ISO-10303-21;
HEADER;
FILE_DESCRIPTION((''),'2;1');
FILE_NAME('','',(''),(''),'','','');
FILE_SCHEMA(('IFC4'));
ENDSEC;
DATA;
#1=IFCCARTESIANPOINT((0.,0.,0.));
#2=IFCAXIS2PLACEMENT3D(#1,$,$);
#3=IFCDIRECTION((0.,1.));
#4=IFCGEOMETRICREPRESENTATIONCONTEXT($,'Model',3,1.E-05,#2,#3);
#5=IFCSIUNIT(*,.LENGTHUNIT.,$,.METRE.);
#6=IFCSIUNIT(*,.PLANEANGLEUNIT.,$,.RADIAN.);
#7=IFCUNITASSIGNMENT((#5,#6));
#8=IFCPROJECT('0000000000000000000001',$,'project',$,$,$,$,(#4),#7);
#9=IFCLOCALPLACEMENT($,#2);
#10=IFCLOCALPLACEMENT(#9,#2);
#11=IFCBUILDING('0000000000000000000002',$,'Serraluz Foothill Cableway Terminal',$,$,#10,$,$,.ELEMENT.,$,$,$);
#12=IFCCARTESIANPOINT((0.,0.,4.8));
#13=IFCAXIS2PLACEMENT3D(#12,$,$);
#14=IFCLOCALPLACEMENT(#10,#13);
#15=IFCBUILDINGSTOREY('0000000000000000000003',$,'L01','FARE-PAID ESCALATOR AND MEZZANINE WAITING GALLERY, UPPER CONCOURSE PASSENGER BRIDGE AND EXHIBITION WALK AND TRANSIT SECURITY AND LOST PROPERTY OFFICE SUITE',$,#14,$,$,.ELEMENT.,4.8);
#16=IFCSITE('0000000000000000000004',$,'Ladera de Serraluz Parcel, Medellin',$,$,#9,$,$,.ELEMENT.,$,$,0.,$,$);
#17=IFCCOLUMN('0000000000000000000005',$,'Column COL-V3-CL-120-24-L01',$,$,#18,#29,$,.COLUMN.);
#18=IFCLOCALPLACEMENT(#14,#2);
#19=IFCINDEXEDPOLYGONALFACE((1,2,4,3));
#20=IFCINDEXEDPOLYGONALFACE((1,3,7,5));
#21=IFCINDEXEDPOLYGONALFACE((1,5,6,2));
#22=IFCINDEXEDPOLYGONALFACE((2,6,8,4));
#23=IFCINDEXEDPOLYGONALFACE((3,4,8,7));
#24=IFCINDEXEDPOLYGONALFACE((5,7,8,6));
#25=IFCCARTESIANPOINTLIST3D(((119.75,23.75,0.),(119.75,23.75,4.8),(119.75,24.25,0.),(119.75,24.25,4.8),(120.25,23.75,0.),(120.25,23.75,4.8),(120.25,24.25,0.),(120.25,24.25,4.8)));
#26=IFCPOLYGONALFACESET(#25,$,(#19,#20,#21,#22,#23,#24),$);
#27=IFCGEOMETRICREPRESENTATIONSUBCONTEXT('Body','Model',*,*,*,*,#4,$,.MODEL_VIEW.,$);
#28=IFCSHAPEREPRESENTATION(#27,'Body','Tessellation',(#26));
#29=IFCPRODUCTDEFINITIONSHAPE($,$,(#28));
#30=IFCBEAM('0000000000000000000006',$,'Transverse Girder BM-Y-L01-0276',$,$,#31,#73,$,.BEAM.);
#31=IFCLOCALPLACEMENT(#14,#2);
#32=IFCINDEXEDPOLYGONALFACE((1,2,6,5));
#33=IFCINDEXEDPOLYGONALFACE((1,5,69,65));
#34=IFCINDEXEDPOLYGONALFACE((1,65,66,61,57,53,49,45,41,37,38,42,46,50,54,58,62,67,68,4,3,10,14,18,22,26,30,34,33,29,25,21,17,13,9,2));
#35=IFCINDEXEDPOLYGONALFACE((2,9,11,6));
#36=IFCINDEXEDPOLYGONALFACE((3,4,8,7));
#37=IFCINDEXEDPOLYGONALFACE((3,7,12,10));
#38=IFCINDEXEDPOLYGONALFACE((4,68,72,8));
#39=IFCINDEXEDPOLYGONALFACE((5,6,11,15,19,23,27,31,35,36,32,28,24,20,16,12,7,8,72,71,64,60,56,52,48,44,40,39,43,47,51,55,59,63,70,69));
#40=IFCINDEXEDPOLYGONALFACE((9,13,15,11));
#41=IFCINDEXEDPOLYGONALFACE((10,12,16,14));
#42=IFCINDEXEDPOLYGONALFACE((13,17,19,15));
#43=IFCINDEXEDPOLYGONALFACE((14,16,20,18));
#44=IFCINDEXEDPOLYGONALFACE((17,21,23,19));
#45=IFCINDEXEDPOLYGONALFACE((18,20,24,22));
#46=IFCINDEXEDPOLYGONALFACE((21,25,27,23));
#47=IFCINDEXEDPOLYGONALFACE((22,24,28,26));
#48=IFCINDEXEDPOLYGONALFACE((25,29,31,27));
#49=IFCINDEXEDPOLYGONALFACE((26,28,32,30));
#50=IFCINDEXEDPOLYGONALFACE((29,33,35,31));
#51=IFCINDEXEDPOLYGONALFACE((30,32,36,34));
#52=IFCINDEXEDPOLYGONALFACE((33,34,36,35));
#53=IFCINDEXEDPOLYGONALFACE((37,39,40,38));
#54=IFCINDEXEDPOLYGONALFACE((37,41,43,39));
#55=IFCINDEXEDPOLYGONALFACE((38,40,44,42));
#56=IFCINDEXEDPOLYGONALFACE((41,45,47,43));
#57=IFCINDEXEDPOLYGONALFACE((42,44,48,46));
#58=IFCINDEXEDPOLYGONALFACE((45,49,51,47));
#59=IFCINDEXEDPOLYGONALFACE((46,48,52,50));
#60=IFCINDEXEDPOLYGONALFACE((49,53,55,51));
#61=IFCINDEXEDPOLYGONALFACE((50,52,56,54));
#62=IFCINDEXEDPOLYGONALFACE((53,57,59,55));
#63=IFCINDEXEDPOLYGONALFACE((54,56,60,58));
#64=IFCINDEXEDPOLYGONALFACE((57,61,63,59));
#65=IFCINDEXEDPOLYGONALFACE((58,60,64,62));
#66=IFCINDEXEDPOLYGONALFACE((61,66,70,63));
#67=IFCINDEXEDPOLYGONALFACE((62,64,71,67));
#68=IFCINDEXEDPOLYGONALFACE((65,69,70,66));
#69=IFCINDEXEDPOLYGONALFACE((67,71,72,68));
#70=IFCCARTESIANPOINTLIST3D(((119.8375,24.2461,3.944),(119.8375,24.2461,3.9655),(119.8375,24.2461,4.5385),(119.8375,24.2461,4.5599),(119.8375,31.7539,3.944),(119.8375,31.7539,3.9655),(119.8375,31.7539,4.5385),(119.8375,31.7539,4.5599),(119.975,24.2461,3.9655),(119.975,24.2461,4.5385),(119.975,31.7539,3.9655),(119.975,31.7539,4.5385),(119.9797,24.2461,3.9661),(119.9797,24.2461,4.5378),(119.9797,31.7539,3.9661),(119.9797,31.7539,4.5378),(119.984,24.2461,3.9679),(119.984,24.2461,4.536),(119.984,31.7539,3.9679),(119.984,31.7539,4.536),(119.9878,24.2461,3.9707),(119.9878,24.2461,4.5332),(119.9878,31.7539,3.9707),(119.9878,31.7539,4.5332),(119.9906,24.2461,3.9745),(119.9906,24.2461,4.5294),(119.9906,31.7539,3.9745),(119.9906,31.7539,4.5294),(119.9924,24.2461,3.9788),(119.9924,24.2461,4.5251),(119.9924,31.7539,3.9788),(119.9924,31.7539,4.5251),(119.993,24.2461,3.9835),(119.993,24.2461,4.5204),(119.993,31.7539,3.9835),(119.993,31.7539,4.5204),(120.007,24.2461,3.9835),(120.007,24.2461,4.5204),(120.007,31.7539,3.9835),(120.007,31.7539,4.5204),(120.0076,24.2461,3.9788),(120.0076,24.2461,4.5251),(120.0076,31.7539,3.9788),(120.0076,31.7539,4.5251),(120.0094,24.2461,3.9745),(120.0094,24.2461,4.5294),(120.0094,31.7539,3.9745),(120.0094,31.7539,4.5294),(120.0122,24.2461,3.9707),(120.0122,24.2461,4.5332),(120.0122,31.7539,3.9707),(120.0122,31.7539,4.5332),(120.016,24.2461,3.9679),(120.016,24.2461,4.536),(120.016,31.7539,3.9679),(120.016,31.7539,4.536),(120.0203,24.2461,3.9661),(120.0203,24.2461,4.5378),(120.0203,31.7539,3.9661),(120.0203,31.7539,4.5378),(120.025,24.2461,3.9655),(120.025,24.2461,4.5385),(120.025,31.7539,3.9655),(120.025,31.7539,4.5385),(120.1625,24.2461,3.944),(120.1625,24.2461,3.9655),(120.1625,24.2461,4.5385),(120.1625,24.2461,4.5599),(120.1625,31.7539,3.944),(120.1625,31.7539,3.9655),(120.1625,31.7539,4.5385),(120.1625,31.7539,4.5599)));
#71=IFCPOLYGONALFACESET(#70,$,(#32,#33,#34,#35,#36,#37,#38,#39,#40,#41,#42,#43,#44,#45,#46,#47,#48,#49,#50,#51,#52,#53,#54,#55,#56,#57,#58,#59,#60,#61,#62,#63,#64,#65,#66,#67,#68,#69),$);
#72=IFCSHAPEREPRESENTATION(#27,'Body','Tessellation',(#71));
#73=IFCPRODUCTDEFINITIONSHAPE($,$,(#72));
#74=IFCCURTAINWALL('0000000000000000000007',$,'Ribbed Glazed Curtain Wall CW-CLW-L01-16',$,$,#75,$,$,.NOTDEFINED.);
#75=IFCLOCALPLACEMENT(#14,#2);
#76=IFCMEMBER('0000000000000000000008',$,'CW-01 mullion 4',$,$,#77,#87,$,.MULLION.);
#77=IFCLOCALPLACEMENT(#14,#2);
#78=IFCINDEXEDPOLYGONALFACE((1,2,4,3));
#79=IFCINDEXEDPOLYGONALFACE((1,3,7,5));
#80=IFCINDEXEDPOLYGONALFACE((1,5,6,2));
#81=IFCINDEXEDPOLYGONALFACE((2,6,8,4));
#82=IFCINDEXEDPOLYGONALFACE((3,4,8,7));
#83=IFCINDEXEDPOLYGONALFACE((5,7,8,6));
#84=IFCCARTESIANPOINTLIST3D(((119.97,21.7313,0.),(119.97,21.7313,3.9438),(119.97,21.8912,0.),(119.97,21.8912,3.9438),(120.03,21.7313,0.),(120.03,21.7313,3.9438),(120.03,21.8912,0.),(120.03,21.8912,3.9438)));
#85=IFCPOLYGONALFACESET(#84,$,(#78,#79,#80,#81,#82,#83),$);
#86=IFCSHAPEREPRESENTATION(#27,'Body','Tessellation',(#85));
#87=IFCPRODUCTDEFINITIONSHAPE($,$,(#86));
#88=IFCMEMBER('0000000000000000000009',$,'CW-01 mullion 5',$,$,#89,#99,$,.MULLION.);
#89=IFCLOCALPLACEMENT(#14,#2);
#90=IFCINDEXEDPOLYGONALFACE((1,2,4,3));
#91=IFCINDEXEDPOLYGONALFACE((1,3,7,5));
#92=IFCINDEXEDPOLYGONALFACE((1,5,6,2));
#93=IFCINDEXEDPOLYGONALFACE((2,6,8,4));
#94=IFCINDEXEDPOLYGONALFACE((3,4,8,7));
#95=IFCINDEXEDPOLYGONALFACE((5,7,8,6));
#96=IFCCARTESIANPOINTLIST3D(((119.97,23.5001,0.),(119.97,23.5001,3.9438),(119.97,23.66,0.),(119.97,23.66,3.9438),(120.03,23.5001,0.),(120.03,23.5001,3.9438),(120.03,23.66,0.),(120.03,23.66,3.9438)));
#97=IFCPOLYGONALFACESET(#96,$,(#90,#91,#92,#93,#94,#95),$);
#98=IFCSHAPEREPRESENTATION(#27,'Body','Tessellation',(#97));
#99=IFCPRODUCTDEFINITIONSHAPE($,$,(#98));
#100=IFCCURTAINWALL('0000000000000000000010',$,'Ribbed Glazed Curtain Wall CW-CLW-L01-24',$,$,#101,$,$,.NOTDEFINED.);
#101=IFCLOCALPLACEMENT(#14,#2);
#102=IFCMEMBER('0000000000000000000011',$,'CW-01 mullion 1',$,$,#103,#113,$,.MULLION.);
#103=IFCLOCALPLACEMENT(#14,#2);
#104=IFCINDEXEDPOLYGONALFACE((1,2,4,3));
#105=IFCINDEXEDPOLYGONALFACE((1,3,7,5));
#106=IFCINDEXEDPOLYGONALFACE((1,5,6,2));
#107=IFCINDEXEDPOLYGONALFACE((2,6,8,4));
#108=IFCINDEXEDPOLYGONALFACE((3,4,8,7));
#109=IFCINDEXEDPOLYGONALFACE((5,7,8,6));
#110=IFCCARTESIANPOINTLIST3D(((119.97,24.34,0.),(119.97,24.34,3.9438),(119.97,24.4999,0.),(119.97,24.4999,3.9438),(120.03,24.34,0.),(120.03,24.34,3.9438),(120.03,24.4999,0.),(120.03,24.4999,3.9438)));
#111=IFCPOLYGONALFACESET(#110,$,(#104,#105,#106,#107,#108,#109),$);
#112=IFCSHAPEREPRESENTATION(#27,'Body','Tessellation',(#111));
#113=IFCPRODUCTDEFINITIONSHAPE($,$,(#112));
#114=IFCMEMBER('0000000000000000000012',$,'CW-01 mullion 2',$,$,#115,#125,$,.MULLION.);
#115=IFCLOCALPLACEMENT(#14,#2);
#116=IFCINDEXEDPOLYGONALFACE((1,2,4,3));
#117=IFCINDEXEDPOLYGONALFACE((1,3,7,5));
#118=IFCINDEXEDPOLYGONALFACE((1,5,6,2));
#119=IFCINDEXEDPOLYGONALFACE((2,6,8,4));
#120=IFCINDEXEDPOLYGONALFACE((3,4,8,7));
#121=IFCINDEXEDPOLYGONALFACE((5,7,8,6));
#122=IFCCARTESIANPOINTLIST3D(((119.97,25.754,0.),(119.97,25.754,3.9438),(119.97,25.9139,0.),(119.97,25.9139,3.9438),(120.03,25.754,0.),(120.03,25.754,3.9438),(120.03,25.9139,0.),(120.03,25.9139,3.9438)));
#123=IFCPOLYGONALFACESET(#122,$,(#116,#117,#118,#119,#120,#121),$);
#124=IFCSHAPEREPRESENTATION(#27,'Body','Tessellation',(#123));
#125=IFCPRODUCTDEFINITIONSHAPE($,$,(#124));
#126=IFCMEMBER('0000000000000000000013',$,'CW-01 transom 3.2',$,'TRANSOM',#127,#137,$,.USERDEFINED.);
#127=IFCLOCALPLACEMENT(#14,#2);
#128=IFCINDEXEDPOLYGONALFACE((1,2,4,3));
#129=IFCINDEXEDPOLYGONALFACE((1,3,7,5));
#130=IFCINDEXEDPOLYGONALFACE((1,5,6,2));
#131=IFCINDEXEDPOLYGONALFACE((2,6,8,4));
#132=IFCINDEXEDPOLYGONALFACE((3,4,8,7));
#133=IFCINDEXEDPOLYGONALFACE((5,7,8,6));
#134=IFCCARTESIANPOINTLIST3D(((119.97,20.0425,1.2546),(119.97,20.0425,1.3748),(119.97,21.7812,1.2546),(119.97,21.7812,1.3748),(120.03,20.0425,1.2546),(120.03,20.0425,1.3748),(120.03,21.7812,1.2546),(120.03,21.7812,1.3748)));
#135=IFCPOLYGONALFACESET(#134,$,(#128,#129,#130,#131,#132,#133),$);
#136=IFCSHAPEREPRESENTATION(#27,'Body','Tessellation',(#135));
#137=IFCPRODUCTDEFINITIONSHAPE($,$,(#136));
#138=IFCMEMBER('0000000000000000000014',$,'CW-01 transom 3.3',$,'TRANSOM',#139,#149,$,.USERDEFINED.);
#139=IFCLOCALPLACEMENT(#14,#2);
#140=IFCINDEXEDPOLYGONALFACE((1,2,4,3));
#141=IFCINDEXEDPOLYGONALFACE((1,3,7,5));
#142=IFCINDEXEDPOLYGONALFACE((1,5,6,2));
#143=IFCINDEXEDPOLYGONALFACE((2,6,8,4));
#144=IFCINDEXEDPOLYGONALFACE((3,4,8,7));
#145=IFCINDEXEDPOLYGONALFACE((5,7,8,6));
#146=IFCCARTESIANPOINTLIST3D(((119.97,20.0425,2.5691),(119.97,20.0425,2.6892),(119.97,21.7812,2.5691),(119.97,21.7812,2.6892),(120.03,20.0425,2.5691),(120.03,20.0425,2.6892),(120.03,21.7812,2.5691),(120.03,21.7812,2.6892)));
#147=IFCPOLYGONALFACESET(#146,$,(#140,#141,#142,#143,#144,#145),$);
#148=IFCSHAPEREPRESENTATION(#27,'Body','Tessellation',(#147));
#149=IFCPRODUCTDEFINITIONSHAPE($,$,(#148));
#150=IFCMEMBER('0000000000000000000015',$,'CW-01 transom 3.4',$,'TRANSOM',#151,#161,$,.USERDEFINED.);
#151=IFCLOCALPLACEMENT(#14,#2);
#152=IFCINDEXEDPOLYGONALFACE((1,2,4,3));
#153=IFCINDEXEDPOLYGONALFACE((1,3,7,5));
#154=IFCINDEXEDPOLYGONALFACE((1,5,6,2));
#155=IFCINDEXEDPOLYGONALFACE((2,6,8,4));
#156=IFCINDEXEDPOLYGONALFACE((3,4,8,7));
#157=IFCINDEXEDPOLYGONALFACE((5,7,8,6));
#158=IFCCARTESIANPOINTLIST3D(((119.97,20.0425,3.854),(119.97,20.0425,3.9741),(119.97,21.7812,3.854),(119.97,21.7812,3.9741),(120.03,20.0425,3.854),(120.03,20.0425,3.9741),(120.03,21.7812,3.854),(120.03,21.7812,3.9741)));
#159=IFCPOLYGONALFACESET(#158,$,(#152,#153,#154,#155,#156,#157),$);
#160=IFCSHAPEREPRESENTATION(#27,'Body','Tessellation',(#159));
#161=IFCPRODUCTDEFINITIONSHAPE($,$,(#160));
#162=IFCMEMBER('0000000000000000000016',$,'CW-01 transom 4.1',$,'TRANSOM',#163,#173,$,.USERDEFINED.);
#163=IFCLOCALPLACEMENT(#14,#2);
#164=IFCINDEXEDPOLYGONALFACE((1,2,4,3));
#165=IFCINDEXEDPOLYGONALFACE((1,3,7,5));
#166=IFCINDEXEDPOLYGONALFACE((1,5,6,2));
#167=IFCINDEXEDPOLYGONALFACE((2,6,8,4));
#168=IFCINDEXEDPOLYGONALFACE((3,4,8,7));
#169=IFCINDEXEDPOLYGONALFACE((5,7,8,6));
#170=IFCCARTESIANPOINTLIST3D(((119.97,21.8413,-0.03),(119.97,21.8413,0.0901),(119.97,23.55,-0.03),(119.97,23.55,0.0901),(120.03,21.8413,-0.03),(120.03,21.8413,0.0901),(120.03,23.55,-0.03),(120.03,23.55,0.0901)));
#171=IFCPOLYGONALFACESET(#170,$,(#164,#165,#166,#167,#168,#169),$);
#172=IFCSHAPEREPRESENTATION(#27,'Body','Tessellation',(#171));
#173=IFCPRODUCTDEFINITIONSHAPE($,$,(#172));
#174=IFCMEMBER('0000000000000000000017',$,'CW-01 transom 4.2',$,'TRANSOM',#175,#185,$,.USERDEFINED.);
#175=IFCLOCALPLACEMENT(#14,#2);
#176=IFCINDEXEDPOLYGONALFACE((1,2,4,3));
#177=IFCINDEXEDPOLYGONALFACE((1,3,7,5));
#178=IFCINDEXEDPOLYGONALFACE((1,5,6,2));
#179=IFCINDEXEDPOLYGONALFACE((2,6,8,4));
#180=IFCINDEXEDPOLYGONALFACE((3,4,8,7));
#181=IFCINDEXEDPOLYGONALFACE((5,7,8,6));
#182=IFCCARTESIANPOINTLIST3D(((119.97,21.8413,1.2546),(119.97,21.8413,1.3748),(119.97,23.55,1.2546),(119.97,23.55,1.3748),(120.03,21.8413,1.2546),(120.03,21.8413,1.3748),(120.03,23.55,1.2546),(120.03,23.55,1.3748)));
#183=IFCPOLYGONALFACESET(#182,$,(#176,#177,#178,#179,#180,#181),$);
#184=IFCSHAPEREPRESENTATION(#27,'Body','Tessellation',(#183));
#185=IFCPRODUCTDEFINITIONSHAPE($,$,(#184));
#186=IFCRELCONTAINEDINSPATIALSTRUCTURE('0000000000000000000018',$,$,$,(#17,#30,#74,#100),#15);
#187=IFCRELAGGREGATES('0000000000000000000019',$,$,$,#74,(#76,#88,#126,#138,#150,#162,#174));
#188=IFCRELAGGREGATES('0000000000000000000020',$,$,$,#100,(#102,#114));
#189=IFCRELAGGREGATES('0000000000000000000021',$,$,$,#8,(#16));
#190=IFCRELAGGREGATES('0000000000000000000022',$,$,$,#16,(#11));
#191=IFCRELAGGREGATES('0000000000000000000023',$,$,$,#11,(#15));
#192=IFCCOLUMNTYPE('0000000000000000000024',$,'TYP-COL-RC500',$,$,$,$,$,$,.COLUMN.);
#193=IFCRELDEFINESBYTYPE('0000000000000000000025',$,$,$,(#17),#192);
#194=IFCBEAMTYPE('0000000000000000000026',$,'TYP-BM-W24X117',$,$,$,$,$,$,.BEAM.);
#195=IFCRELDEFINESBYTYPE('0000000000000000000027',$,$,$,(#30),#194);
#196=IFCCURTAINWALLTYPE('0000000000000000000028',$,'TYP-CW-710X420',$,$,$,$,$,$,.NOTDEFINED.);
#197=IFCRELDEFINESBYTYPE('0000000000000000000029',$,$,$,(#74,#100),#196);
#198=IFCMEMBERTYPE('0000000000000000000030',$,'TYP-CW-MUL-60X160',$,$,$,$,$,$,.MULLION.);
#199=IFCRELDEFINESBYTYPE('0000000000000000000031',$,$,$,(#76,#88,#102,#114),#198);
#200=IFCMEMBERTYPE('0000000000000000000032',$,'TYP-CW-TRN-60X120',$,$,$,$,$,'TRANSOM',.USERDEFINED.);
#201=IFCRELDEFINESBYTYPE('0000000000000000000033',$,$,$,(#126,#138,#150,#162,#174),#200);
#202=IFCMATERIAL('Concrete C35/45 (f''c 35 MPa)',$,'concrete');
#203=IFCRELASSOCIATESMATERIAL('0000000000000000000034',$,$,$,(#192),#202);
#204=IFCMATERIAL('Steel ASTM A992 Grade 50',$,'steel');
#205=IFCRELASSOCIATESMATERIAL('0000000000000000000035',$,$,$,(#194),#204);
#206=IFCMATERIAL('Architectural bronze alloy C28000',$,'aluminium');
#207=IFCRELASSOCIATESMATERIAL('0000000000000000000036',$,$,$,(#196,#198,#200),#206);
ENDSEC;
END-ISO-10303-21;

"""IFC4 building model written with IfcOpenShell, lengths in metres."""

from ifc_helpers import new_model, si_unit, direction, frame, origin, origin_2d, place, context, subcontext, project, spatial, rectangle, i_section, extrude, material, material_profile, profile_set, type_object, element, aggregate, save


model = new_model("IFC4")

# Units and contexts
model_context = context("Model", 3, precision=1e-05, world=origin(), true_north=direction((0.0, 1.0)))
body_context = subcontext(model_context, "Body", "Model", "MODEL_VIEW")
ifc_project = project(units=[si_unit("LENGTHUNIT", "METRE"), si_unit("PLANEANGLEUNIT", "RADIAN")], contexts=[model_context])

# Site, building, storey
site_placement = place(None, origin())
site = spatial("IfcSite", under=ifc_project, at=site_placement, Name="Ladera de Serraluz Parcel, Medellin", CompositionType="ELEMENT", RefElevation=0.0)
building_placement = place(site_placement, origin())
building = spatial("IfcBuilding", under=site, at=building_placement, Name="Serraluz Foothill Cableway Terminal", CompositionType="ELEMENT")
storey_placement = place(building_placement, frame((0.0, 0.0, 4.8)))
storey = spatial("IfcBuildingStorey", under=building, at=storey_placement, Name="L01", Description="FARE-PAID ESCALATOR AND MEZZANINE WAITING GALLERY, UPPER CONCOURSE PASSENGER BRIDGE AND EXHIBITION WALK AND TRANSIT SECURITY AND LOST PROPERTY OFFICE SUITE", CompositionType="ELEMENT", Elevation=4.8)

# Column
ifc_material_1 = material(Name="Concrete C35/45 (f'c 35 MPa)", Category="concrete")
ifc_material_profile_1 = material_profile(ifc_material_1, rectangle(XDim=0.5, YDim=0.5, at=origin_2d()), Name="RC 500x500")
ifc_profile_set_1 = profile_set([ifc_material_profile_1], Name="Concrete C35/45 (f'c 35 MPa)")
column_type = type_object("IfcColumnType", Name="TYP-COL-RC500", PredefinedType="COLUMN", material=ifc_profile_set_1)
column_placement = place(storey_placement, frame((120.0, 24.0, 0.0), z_axis=(0.0, 0.0, 1.0), x_axis=(1.0, 0.0, 0.0)))
element("IfcColumn", 1, at=column_placement, inside=storey, type_object=column_type, Name="Column COL-V3-CL-120-24-L01", PredefinedType="COLUMN", context=body_context, shape_type="SweptSolid", body=[
    extrude(rectangle(XDim=0.5, YDim=0.5, at=origin_2d()), origin(), (0.0, 0.0, 1.0), 4.8),
])

# Beam
ifc_material_2 = material(Name="Steel ASTM A992 Grade 50", Category="steel")
ifc_material_profile_2 = material_profile(ifc_material_2, i_section(OverallWidth=0.325, OverallDepth=0.616, WebThickness=0.0139, FlangeThickness=0.0215, FilletRadius=0.0181, at=origin_2d()), Name="W24X117")
ifc_profile_set_2 = profile_set([ifc_material_profile_2], Name="Steel ASTM A992 Grade 50")
beam_type = type_object("IfcBeamType", Name="TYP-BM-W24X117", PredefinedType="BEAM", material=ifc_profile_set_2)
beam_placement = place(storey_placement, frame((120.0, 24.2461, 4.252), z_axis=(0.0, 1.0, 0.0), x_axis=(-1.0, 0.0, 0.0)))
element("IfcBeam", 2, at=beam_placement, inside=storey, type_object=beam_type, Name="Transverse Girder BM-Y-L01-0276", PredefinedType="BEAM", context=body_context, shape_type="SweptSolid", body=[
    extrude(i_section(OverallWidth=0.325, OverallDepth=0.616, WebThickness=0.0139, FlangeThickness=0.0215, FilletRadius=0.0181, at=origin_2d()), origin(), (0.0, 0.0, 1.0), 7.5078),
])

# Curtain walls, members
ifc_material_3 = material(Name="Architectural bronze alloy C28000", Category="aluminium")
curtain_wall_type = type_object("IfcCurtainWallType", Name="TYP-CW-710X420", PredefinedType="NOTDEFINED", material=ifc_material_3)
curtain_wall_1_placement = place(storey_placement, origin())
curtain_wall_1 = element("IfcCurtainWall", 3, at=curtain_wall_1_placement, inside=storey, type_object=curtain_wall_type, Name="Ribbed Glazed Curtain Wall CW-CLW-L01-16", PredefinedType="NOTDEFINED")
ifc_material_profile_3 = material_profile(ifc_material_3, rectangle(XDim=0.0601, YDim=0.1599, at=origin_2d()), Name="ALU MULLION 60x160")
ifc_profile_set_3 = profile_set([ifc_material_profile_3], Name="Architectural bronze alloy C28000")
member_type_1 = type_object("IfcMemberType", Name="TYP-CW-MUL-60X160", PredefinedType="MULLION", material=ifc_profile_set_3)
member_1_placement = place(storey_placement, frame((120.0, 21.8113, 0.0), z_axis=(0.0, 0.0, 1.0), x_axis=(-1.0, 0.0, 0.0)))
member_1 = element("IfcMember", 4, at=member_1_placement, type_object=member_type_1, Name="CW-01 mullion 4", PredefinedType="MULLION", context=body_context, shape_type="SweptSolid", body=[
    extrude(rectangle(XDim=0.0601, YDim=0.1599, at=origin_2d()), origin(), (0.0, 0.0, 1.0), 3.9438),
])
member_2_placement = place(storey_placement, frame((120.0, 23.5801, 0.0), z_axis=(0.0, 0.0, 1.0), x_axis=(-1.0, 0.0, 0.0)))
member_2 = element("IfcMember", 5, at=member_2_placement, type_object=member_type_1, Name="CW-01 mullion 5", PredefinedType="MULLION", context=body_context, shape_type="SweptSolid", body=[
    extrude(rectangle(XDim=0.0601, YDim=0.1599, at=origin_2d()), origin(), (0.0, 0.0, 1.0), 3.9438),
])
curtain_wall_2_placement = place(storey_placement, origin())
curtain_wall_2 = element("IfcCurtainWall", 6, at=curtain_wall_2_placement, inside=storey, type_object=curtain_wall_type, Name="Ribbed Glazed Curtain Wall CW-CLW-L01-24", PredefinedType="NOTDEFINED")
member_3_placement = place(storey_placement, frame((120.0, 24.4199, 0.0), z_axis=(0.0, 0.0, 1.0), x_axis=(-1.0, 0.0, 0.0)))
member_3 = element("IfcMember", 7, at=member_3_placement, type_object=member_type_1, Name="CW-01 mullion 1", PredefinedType="MULLION", context=body_context, shape_type="SweptSolid", body=[
    extrude(rectangle(XDim=0.0601, YDim=0.1599, at=origin_2d()), origin(), (0.0, 0.0, 1.0), 3.9438),
])
member_4_placement = place(storey_placement, frame((120.0, 25.834, 0.0), z_axis=(0.0, 0.0, 1.0), x_axis=(-1.0, 0.0, 0.0)))
member_4 = element("IfcMember", 8, at=member_4_placement, type_object=member_type_1, Name="CW-01 mullion 2", PredefinedType="MULLION", context=body_context, shape_type="SweptSolid", body=[
    extrude(rectangle(XDim=0.0601, YDim=0.1599, at=origin_2d()), origin(), (0.0, 0.0, 1.0), 3.9438),
])

# Members
ifc_material_profile_4 = material_profile(ifc_material_3, rectangle(XDim=0.0601, YDim=0.1201, at=origin_2d()), Name="ALU TRANSOM 60x120")
ifc_profile_set_4 = profile_set([ifc_material_profile_4], Name="Architectural bronze alloy C28000")
member_type_2 = type_object("IfcMemberType", Name="TYP-CW-TRN-60X120", ElementType="TRANSOM", PredefinedType="USERDEFINED", material=ifc_profile_set_4)
member_5_placement = place(storey_placement, frame((120.0, 20.0425, 1.3147), z_axis=(0.0, 1.0, 0.0), x_axis=(-1.0, 0.0, 0.0)))
member_5 = element("IfcMember", 9, at=member_5_placement, type_object=member_type_2, Name="CW-01 transom 3.2", ObjectType="TRANSOM", PredefinedType="USERDEFINED", context=body_context, shape_type="SweptSolid", body=[
    extrude(rectangle(XDim=0.0601, YDim=0.1201, at=origin_2d()), origin(), (0.0, 0.0, 1.0), 1.7388),
])
member_6_placement = place(storey_placement, frame((120.0, 20.0425, 2.6292), z_axis=(0.0, 1.0, 0.0), x_axis=(-1.0, 0.0, 0.0)))
member_6 = element("IfcMember", 10, at=member_6_placement, type_object=member_type_2, Name="CW-01 transom 3.3", ObjectType="TRANSOM", PredefinedType="USERDEFINED", context=body_context, shape_type="SweptSolid", body=[
    extrude(rectangle(XDim=0.0601, YDim=0.1201, at=origin_2d()), origin(), (0.0, 0.0, 1.0), 1.7388),
])
member_7_placement = place(storey_placement, frame((120.0, 20.0425, 3.9141), z_axis=(0.0, 1.0, 0.0), x_axis=(-1.0, 0.0, 0.0)))
member_7 = element("IfcMember", 11, at=member_7_placement, type_object=member_type_2, Name="CW-01 transom 3.4", ObjectType="TRANSOM", PredefinedType="USERDEFINED", context=body_context, shape_type="SweptSolid", body=[
    extrude(rectangle(XDim=0.0601, YDim=0.1201, at=origin_2d()), origin(), (0.0, 0.0, 1.0), 1.7388),
])
member_8_placement = place(storey_placement, frame((120.0, 21.8413, 0.03), z_axis=(0.0, 1.0, 0.0), x_axis=(-1.0, 0.0, 0.0)))
member_8 = element("IfcMember", 12, at=member_8_placement, type_object=member_type_2, Name="CW-01 transom 4.1", ObjectType="TRANSOM", PredefinedType="USERDEFINED", context=body_context, shape_type="SweptSolid", body=[
    extrude(rectangle(XDim=0.0601, YDim=0.1201, at=origin_2d()), origin(), (0.0, 0.0, 1.0), 1.7087),
])
member_9_placement = place(storey_placement, frame((120.0, 21.8413, 1.3147), z_axis=(0.0, 1.0, 0.0), x_axis=(-1.0, 0.0, 0.0)))
member_9 = element("IfcMember", 13, at=member_9_placement, type_object=member_type_2, Name="CW-01 transom 4.2", ObjectType="TRANSOM", PredefinedType="USERDEFINED", context=body_context, shape_type="SweptSolid", body=[
    extrude(rectangle(XDim=0.0601, YDim=0.1201, at=origin_2d()), origin(), (0.0, 0.0, 1.0), 1.7087),
])

aggregate(curtain_wall_1, [member_1, member_2, member_5, member_6, member_7, member_8, member_9])
aggregate(curtain_wall_2, [member_3, member_4])

save(model, "model.ifc")
